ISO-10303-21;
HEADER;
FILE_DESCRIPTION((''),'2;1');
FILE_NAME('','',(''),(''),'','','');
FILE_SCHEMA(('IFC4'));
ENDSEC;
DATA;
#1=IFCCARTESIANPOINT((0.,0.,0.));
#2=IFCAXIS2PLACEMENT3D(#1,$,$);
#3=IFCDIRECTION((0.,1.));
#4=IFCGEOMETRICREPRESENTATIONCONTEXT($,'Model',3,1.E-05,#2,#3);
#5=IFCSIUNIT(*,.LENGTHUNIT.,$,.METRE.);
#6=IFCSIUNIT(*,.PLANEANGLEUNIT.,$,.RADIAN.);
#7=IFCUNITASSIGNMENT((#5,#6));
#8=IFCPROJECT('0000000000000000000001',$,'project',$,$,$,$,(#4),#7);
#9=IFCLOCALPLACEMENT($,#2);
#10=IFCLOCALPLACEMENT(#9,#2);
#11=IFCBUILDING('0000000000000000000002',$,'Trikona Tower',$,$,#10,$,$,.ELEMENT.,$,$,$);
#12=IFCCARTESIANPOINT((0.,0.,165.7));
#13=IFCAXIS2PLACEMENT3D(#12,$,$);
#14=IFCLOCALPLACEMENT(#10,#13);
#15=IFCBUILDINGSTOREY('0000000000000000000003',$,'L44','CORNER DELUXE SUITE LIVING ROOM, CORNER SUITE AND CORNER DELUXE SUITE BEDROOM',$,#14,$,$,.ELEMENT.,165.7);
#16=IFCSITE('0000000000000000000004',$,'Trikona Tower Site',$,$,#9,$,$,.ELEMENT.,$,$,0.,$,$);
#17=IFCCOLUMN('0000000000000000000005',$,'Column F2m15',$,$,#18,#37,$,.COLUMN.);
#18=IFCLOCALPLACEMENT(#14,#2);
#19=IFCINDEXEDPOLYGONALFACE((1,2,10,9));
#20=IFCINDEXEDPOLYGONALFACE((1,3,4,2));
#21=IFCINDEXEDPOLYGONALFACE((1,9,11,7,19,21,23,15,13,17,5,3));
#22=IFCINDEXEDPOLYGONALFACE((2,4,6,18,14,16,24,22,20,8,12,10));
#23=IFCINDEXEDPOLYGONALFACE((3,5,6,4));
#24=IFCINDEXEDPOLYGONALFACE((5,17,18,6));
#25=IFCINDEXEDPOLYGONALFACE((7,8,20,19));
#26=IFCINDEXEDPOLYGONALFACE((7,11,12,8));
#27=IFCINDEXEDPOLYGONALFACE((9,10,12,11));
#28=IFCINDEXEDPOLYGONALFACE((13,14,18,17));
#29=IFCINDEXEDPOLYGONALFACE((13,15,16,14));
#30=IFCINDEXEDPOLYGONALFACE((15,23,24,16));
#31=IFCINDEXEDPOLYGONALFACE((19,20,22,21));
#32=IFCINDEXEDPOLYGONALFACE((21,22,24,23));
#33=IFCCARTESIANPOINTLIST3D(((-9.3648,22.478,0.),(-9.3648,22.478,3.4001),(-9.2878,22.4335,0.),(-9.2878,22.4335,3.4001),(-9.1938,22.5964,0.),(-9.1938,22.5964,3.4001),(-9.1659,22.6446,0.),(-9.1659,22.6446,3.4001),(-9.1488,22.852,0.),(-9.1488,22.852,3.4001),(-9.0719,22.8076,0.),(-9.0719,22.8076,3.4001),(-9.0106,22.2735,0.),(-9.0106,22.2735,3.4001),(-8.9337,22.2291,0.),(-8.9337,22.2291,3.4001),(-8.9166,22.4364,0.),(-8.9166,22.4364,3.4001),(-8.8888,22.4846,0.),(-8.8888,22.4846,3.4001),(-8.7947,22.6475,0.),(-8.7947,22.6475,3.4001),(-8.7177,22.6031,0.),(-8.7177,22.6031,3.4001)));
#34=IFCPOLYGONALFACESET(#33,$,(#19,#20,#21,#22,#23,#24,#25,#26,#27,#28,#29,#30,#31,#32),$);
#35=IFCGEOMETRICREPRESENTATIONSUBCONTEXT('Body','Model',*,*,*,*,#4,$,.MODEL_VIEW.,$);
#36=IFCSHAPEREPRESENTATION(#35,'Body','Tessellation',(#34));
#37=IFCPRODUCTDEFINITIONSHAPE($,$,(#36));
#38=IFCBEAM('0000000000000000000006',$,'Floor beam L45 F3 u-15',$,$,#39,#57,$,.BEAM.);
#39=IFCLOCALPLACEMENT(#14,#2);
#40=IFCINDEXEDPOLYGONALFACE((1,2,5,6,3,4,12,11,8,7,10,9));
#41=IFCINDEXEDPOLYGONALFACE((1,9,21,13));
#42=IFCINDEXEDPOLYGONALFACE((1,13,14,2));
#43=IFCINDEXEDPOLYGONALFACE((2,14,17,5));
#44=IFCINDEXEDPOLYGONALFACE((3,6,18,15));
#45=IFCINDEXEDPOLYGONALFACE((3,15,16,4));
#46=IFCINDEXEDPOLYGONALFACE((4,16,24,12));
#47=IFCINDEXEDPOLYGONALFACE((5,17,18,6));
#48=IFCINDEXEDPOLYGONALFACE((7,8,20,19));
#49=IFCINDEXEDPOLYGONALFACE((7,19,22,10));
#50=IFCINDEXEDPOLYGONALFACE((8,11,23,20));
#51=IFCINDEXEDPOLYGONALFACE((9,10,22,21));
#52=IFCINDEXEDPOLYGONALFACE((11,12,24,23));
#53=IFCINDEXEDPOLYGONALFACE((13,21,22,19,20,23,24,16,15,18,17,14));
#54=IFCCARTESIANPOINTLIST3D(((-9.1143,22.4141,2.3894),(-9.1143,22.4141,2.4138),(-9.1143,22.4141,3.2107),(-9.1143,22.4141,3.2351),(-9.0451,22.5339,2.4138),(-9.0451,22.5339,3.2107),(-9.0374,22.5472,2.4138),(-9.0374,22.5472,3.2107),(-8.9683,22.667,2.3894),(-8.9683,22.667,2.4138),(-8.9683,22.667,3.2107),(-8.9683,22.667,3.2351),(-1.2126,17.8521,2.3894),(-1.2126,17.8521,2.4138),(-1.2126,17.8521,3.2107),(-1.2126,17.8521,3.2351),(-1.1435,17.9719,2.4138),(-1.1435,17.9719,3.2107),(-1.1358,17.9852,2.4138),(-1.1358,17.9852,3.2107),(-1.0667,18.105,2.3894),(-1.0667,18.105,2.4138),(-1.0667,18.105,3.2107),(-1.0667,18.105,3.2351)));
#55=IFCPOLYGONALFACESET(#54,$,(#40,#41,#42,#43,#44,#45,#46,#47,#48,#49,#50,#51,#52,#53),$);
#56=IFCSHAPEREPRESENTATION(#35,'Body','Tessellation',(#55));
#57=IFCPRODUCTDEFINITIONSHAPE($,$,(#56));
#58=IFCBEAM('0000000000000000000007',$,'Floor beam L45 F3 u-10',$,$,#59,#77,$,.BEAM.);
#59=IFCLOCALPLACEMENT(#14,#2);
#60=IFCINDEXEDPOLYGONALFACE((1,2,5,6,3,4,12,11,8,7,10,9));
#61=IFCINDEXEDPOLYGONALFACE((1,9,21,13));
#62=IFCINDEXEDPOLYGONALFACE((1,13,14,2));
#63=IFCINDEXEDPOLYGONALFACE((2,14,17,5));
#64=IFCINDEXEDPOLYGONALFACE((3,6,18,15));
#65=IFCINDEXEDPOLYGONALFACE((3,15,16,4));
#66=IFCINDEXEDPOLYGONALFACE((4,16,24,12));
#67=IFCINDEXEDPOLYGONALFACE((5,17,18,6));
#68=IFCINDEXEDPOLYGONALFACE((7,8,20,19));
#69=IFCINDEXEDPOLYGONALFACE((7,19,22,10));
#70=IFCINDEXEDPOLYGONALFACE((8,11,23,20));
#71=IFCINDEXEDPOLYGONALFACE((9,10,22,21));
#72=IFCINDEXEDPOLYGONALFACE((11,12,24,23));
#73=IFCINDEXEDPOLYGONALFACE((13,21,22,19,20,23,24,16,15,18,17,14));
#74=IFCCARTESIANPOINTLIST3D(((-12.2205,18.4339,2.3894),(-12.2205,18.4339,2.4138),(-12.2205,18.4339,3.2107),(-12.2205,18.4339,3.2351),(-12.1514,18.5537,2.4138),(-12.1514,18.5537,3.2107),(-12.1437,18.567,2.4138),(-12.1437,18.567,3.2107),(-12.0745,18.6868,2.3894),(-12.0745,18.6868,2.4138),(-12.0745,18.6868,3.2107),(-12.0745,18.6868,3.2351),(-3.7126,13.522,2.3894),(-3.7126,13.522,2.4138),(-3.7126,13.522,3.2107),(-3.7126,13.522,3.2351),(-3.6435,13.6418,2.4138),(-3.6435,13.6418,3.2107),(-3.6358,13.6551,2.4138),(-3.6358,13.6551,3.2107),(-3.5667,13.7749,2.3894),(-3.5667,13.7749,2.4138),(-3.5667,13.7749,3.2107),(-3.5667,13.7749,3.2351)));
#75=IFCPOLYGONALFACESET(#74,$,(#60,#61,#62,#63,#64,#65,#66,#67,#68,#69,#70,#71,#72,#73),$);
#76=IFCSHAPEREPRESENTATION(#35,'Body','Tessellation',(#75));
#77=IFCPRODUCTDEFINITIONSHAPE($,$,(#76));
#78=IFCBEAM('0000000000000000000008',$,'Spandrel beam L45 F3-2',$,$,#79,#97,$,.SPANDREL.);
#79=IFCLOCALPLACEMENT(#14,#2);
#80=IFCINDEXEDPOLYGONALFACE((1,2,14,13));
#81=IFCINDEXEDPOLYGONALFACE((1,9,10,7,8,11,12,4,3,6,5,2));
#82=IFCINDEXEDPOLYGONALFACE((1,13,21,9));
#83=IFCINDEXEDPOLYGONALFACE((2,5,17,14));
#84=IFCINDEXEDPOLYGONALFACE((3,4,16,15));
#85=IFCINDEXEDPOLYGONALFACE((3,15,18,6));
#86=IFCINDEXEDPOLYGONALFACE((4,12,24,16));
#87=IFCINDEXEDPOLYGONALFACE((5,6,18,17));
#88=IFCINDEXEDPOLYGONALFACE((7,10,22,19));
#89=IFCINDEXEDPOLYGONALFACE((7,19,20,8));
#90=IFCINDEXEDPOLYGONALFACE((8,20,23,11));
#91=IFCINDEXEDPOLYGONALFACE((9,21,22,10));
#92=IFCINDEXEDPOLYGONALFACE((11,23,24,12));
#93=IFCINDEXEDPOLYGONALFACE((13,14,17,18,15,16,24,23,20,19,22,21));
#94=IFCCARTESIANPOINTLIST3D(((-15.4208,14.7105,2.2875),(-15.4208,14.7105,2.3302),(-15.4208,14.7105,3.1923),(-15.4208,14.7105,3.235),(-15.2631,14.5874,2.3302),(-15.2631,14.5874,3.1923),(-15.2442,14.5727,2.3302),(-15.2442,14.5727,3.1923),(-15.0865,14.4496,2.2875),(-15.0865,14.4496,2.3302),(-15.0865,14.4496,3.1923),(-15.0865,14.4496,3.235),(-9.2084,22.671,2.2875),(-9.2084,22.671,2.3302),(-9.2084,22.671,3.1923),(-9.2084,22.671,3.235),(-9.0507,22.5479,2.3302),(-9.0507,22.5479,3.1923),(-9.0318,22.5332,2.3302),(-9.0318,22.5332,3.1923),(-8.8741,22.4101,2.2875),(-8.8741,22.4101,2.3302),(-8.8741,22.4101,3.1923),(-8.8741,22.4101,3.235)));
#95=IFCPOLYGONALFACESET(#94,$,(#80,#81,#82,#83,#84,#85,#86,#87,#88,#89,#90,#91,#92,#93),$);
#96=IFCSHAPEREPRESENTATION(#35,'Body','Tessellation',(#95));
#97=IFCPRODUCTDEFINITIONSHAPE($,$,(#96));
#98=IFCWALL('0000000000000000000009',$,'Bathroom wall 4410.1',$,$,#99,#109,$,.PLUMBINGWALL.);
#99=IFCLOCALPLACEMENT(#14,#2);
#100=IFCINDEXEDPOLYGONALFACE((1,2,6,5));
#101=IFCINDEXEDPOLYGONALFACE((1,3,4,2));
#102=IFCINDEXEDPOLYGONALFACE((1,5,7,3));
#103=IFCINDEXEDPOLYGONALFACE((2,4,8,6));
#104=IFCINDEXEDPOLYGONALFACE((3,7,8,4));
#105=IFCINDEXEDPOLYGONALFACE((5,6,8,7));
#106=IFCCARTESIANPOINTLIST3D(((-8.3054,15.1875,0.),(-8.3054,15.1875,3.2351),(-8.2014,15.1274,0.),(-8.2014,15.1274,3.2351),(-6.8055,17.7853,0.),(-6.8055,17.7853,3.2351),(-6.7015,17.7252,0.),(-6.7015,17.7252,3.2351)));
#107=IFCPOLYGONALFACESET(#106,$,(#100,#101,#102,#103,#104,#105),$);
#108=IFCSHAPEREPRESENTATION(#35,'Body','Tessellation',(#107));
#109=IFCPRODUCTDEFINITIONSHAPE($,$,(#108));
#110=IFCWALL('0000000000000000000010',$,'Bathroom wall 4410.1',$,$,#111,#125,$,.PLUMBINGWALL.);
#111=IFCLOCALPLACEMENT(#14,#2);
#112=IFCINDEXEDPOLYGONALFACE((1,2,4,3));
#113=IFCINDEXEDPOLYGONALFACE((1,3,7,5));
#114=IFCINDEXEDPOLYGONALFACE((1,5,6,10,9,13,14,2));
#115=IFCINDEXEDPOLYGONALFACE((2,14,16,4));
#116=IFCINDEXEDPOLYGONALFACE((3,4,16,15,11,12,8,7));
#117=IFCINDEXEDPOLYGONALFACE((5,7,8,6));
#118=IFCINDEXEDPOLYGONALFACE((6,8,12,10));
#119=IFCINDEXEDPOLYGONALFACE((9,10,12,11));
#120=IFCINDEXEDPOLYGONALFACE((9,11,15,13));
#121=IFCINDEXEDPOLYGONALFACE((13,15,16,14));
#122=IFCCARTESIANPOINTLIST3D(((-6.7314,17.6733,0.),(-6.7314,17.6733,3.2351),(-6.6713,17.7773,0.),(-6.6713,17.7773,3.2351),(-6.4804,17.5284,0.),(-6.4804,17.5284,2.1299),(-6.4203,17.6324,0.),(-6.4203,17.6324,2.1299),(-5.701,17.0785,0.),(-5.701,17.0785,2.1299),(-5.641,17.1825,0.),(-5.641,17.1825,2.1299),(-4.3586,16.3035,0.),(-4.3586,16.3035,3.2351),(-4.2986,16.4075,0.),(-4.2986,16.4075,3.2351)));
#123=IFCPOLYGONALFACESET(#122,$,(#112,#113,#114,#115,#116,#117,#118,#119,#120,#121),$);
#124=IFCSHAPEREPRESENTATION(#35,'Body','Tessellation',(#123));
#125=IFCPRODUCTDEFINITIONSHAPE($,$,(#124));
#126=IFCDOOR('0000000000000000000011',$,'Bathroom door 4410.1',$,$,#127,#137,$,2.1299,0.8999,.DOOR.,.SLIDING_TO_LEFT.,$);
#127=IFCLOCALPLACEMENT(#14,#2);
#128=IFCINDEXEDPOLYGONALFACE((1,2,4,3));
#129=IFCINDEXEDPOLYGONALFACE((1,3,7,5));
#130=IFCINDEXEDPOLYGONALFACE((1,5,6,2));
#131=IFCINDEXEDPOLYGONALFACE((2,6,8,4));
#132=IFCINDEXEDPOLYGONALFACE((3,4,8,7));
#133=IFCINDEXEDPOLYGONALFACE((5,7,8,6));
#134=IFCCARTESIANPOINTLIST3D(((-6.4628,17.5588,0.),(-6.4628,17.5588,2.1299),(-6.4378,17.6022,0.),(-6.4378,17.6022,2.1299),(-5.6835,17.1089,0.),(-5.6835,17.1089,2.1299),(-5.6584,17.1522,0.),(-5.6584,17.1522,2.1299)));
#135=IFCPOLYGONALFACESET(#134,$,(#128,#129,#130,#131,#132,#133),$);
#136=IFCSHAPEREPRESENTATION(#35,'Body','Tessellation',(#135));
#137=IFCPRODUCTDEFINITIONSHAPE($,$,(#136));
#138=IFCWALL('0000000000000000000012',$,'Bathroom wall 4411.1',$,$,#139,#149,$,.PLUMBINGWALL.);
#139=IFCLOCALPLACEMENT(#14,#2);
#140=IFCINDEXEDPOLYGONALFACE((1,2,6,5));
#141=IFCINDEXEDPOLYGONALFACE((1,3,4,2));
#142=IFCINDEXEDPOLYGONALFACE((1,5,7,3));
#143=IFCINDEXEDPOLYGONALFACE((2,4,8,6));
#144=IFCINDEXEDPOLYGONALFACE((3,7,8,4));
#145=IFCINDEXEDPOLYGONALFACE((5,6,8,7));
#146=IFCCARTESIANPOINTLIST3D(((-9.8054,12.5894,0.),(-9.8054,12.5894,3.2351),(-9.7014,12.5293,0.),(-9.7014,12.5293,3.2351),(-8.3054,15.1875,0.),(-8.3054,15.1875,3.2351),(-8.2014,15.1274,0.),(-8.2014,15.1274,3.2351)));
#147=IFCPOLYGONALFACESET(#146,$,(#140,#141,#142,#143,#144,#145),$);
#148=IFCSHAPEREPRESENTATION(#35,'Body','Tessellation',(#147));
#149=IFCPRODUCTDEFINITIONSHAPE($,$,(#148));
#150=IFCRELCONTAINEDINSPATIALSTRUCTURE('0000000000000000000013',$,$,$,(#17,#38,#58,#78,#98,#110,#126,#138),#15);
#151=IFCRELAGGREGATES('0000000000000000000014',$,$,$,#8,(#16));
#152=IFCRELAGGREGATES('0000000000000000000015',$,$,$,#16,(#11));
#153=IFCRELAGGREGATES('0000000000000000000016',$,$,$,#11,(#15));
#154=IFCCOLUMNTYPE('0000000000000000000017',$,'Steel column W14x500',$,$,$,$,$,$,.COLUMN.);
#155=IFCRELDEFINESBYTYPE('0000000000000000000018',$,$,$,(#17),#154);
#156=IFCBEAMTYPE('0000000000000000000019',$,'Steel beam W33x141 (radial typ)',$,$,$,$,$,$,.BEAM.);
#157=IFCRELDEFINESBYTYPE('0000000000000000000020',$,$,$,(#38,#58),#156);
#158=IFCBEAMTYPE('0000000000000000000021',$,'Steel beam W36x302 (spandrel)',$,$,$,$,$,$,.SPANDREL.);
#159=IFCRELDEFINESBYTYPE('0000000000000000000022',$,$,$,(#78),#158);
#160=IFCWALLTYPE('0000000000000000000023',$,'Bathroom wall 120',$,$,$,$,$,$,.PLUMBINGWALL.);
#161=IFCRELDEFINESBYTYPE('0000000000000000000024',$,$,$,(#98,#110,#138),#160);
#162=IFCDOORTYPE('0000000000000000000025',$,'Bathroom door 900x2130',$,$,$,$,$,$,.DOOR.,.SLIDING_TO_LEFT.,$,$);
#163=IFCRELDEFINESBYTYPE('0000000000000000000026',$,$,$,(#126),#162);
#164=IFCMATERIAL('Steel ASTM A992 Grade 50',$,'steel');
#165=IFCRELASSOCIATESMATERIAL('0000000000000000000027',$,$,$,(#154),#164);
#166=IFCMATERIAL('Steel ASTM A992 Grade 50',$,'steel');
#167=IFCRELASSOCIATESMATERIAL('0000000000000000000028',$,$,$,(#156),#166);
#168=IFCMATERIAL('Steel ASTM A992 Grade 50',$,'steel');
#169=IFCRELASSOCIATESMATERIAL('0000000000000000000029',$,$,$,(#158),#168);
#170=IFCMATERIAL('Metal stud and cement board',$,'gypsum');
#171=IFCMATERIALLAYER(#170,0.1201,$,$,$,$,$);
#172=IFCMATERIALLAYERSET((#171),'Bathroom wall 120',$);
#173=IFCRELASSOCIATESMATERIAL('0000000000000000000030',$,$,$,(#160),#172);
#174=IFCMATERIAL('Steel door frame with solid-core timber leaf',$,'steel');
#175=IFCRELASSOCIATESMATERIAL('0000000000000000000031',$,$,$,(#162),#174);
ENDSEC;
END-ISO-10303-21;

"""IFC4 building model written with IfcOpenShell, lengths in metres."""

from ifc_helpers import new_model, si_unit, direction, frame, frame_2d, origin, origin_2d, place, context, subcontext, project, spatial, rectangle, i_section, extrude, material, layer, layer_set, material_profile, profile_set, type_object, element, fill, save


model = new_model("IFC4")

# Units and contexts
model_context = context("Model", 3, precision=1e-05, world=origin(), true_north=direction((0.0, 1.0)))
body_context = subcontext(model_context, "Body", "Model", "MODEL_VIEW")
ifc_project = project(units=[si_unit("LENGTHUNIT", "METRE"), si_unit("PLANEANGLEUNIT", "RADIAN")], contexts=[model_context])

# Site, building, storey
site_placement = place(None, origin())
site = spatial("IfcSite", under=ifc_project, at=site_placement, Name="Trikona Tower Site", CompositionType="ELEMENT", RefElevation=0.0)
building_placement = place(site_placement, origin())
building = spatial("IfcBuilding", under=site, at=building_placement, Name="Trikona Tower", CompositionType="ELEMENT")
storey_placement = place(building_placement, frame((0.0, 0.0, 165.7)))
storey = spatial("IfcBuildingStorey", under=building, at=storey_placement, Name="L44", Description="CORNER DELUXE SUITE LIVING ROOM, CORNER SUITE AND CORNER DELUXE SUITE BEDROOM", CompositionType="ELEMENT", Elevation=165.7)

# Column
ifc_material_1 = material(Name="Steel ASTM A992 Grade 50", Category="steel")
ifc_material_profile_1 = material_profile(ifc_material_1, i_section(OverallWidth=0.4319, OverallDepth=0.4978, WebThickness=0.0557, FlangeThickness=0.0889, at=origin_2d()), Name="W14X500")
ifc_profile_set_1 = profile_set([ifc_material_profile_1], Name="Steel ASTM A992 Grade 50")
column_type = type_object("IfcColumnType", Name="Steel column W14x500", PredefinedType="COLUMN", material=ifc_profile_set_1)
column_placement = place(storey_placement, frame((-9.0413, 22.5405, 0.0), z_axis=(0.0, 0.0, 1.0), x_axis=(-0.5, -0.866025, 0.0)))
element("IfcColumn", 1, at=column_placement, inside=storey, type_object=column_type, Name="Column F2m15", PredefinedType="COLUMN", context=body_context, shape_type="SweptSolid", body=[
    extrude(i_section(OverallWidth=0.4319, OverallDepth=0.4978, WebThickness=0.0557, FlangeThickness=0.0889, at=origin_2d()), origin(), (0.0, 0.0, 1.0), 3.4001),
])

# Beams
ifc_material_2 = material(Name="Steel ASTM A992 Grade 50", Category="steel")
ifc_material_profile_2 = material_profile(ifc_material_2, i_section(OverallWidth=0.292, OverallDepth=0.8457, WebThickness=0.0154, FlangeThickness=0.0244, at=origin_2d()), Name="W33X141")
ifc_profile_set_2 = profile_set([ifc_material_profile_2], Name="Steel ASTM A992 Grade 50")
beam_type_1 = type_object("IfcBeamType", Name="Steel beam W33x141 (radial typ)", PredefinedType="BEAM", material=ifc_profile_set_2)
beam_1_placement = place(storey_placement, frame((-1.1396, 17.9785, 2.8123), z_axis=(-0.866025, 0.500001, 0.0), x_axis=(-0.500001, -0.866025, 0.0)))
element("IfcBeam", 2, at=beam_1_placement, inside=storey, type_object=beam_type_1, Name="Floor beam L45 F3 u-15", PredefinedType="BEAM", context=body_context, shape_type="SweptSolid", body=[
    extrude(i_section(OverallWidth=0.292, OverallDepth=0.8457, WebThickness=0.0154, FlangeThickness=0.0244, at=origin_2d()), origin(), (0.0, 0.0, 1.0), 9.124),
])
beam_2_placement = place(storey_placement, frame((-3.6396, 13.6484, 2.8123), z_axis=(-0.866031, 0.499991, 0.0), x_axis=(-0.499991, -0.866031, 0.0)))
element("IfcBeam", 3, at=beam_2_placement, inside=storey, type_object=beam_type_1, Name="Floor beam L45 F3 u-10", PredefinedType="BEAM", context=body_context, shape_type="SweptSolid", body=[
    extrude(i_section(OverallWidth=0.292, OverallDepth=0.8457, WebThickness=0.0154, FlangeThickness=0.0244, at=origin_2d()), origin(), (0.0, 0.0, 1.0), 9.824),
])
ifc_material_3 = material(Name="Steel ASTM A992 Grade 50", Category="steel")
ifc_material_profile_3 = material_profile(ifc_material_3, i_section(OverallWidth=0.4241, OverallDepth=0.9475, WebThickness=0.0239, FlangeThickness=0.0427, at=origin_2d()), Name="W36X302")
ifc_profile_set_3 = profile_set([ifc_material_profile_3], Name="Steel ASTM A992 Grade 50")
beam_type_2 = type_object("IfcBeamType", Name="Steel beam W36x302 (spandrel)", PredefinedType="SPANDREL", material=ifc_profile_set_3)
beam_3_placement = place(storey_placement, frame((-9.0413, 22.5405, 2.7612), z_axis=(-0.615232, -0.788346, 0.0), x_axis=(0.788346, -0.615232, 0.0)))
element("IfcBeam", 4, at=beam_3_placement, inside=storey, type_object=beam_type_2, Name="Spandrel beam L45 F3-2", PredefinedType="SPANDREL", context=body_context, shape_type="SweptSolid", body=[
    extrude(i_section(OverallWidth=0.4241, OverallDepth=0.9475, WebThickness=0.0239, FlangeThickness=0.0427, at=origin_2d()), origin(), (0.0, 0.0, 1.0), 10.0977),
])

# Wall
ifc_material_4 = material(Name="Metal stud and cement board", Category="gypsum")
ifc_layer_1 = layer(ifc_material_4, 0.1201)
ifc_layer_set_1 = layer_set([ifc_layer_1], Name="Bathroom wall 120")
wall_type_1 = type_object("IfcWallType", Name="Bathroom wall 120", PredefinedType="PLUMBINGWALL", material=ifc_layer_set_1)
wall_1_placement = place(storey_placement, frame((-6.7534, 17.7554, 0.0), z_axis=(0.0, 0.0, 1.0), x_axis=(-0.500025, -0.866011, 0.0)))
element("IfcWall", 5, at=wall_1_placement, inside=storey, type_object=wall_type_1, Name="Bathroom wall 4410.1", PredefinedType="PLUMBINGWALL", context=body_context, shape_type="SweptSolid", body=[
    extrude(rectangle(XDim=2.9998, YDim=0.1201, at=frame_2d((1.5, 0.0))), origin(), (0.0, 0.0, 1.0), 3.2351),
])

# Wall, opening, door
wall_2_placement = place(storey_placement, frame((-4.3286, 16.3555, 0.0), z_axis=(0.0, 0.0, 1.0), x_axis=(-0.866036, 0.499982, 0.0)))
wall_2 = element("IfcWall", 6, at=wall_2_placement, inside=storey, type_object=wall_type_1, Name="Bathroom wall 4410.1", PredefinedType="PLUMBINGWALL", context=body_context, shape_type="SweptSolid", body=[
    extrude(rectangle(XDim=2.7397, YDim=0.1201, at=frame_2d((1.3699, 0.0))), origin(), (0.0, 0.0, 1.0), 3.2351),
])
opening_1_placement = place(wall_2_placement, frame((1.55, 0.0, 0.0)))
opening_1 = element("IfcOpeningElement", 7, at=opening_1_placement, cuts=wall_2, PredefinedType="OPENING", context=body_context, shape_type="SweptSolid", body=[
    extrude(rectangle(XDim=0.8999, YDim=2.1299, at=frame_2d((0.45, 1.0649))), frame((0.0, 0.0701, 0.0), z_axis=(0.0, -1.0, 0.0), x_axis=(1.0, 0.0, 0.0)), (0.0, 0.0, 1.0), 0.1401),
])
ifc_material_5 = material(Name="Steel door frame with solid-core timber leaf", Category="steel")
door_type_1 = type_object("IfcDoorType", Name="Bathroom door 900x2130", OperationType="SLIDING_TO_LEFT", PredefinedType="DOOR", material=ifc_material_5)
door_1_placement = place(opening_1_placement, origin())
door_1 = element("IfcDoor", 8, at=door_1_placement, inside=storey, type_object=door_type_1, Name="Bathroom door 4410.1", OperationType="SLIDING_TO_LEFT", OverallHeight=2.1299, OverallWidth=0.8999, PredefinedType="DOOR", context=body_context, shape_type="SweptSolid", body=[
    extrude(rectangle(XDim=0.8999, YDim=2.1299, at=frame_2d((0.45, 1.0649))), frame((0.0, 0.0249, 0.0), z_axis=(0.0, -1.0, 0.0), x_axis=(1.0, 0.0, 0.0)), (0.0, 0.0, 1.0), 0.05),
])
fill(opening_1, door_1)

# Wall
wall_3_placement = place(storey_placement, frame((-8.2534, 15.1575, 0.0), z_axis=(0.0, 0.0, 1.0), x_axis=(-0.49999, -0.866031, 0.0)))
element("IfcWall", 9, at=wall_3_placement, inside=storey, type_object=wall_type_1, Name="Bathroom wall 4411.1", PredefinedType="PLUMBINGWALL", context=body_context, shape_type="SweptSolid", body=[
    extrude(rectangle(XDim=3.0, YDim=0.1201, at=frame_2d((1.5, 0.0))), origin(), (0.0, 0.0, 1.0), 3.2351),
])

save(model, "model.ifc")
